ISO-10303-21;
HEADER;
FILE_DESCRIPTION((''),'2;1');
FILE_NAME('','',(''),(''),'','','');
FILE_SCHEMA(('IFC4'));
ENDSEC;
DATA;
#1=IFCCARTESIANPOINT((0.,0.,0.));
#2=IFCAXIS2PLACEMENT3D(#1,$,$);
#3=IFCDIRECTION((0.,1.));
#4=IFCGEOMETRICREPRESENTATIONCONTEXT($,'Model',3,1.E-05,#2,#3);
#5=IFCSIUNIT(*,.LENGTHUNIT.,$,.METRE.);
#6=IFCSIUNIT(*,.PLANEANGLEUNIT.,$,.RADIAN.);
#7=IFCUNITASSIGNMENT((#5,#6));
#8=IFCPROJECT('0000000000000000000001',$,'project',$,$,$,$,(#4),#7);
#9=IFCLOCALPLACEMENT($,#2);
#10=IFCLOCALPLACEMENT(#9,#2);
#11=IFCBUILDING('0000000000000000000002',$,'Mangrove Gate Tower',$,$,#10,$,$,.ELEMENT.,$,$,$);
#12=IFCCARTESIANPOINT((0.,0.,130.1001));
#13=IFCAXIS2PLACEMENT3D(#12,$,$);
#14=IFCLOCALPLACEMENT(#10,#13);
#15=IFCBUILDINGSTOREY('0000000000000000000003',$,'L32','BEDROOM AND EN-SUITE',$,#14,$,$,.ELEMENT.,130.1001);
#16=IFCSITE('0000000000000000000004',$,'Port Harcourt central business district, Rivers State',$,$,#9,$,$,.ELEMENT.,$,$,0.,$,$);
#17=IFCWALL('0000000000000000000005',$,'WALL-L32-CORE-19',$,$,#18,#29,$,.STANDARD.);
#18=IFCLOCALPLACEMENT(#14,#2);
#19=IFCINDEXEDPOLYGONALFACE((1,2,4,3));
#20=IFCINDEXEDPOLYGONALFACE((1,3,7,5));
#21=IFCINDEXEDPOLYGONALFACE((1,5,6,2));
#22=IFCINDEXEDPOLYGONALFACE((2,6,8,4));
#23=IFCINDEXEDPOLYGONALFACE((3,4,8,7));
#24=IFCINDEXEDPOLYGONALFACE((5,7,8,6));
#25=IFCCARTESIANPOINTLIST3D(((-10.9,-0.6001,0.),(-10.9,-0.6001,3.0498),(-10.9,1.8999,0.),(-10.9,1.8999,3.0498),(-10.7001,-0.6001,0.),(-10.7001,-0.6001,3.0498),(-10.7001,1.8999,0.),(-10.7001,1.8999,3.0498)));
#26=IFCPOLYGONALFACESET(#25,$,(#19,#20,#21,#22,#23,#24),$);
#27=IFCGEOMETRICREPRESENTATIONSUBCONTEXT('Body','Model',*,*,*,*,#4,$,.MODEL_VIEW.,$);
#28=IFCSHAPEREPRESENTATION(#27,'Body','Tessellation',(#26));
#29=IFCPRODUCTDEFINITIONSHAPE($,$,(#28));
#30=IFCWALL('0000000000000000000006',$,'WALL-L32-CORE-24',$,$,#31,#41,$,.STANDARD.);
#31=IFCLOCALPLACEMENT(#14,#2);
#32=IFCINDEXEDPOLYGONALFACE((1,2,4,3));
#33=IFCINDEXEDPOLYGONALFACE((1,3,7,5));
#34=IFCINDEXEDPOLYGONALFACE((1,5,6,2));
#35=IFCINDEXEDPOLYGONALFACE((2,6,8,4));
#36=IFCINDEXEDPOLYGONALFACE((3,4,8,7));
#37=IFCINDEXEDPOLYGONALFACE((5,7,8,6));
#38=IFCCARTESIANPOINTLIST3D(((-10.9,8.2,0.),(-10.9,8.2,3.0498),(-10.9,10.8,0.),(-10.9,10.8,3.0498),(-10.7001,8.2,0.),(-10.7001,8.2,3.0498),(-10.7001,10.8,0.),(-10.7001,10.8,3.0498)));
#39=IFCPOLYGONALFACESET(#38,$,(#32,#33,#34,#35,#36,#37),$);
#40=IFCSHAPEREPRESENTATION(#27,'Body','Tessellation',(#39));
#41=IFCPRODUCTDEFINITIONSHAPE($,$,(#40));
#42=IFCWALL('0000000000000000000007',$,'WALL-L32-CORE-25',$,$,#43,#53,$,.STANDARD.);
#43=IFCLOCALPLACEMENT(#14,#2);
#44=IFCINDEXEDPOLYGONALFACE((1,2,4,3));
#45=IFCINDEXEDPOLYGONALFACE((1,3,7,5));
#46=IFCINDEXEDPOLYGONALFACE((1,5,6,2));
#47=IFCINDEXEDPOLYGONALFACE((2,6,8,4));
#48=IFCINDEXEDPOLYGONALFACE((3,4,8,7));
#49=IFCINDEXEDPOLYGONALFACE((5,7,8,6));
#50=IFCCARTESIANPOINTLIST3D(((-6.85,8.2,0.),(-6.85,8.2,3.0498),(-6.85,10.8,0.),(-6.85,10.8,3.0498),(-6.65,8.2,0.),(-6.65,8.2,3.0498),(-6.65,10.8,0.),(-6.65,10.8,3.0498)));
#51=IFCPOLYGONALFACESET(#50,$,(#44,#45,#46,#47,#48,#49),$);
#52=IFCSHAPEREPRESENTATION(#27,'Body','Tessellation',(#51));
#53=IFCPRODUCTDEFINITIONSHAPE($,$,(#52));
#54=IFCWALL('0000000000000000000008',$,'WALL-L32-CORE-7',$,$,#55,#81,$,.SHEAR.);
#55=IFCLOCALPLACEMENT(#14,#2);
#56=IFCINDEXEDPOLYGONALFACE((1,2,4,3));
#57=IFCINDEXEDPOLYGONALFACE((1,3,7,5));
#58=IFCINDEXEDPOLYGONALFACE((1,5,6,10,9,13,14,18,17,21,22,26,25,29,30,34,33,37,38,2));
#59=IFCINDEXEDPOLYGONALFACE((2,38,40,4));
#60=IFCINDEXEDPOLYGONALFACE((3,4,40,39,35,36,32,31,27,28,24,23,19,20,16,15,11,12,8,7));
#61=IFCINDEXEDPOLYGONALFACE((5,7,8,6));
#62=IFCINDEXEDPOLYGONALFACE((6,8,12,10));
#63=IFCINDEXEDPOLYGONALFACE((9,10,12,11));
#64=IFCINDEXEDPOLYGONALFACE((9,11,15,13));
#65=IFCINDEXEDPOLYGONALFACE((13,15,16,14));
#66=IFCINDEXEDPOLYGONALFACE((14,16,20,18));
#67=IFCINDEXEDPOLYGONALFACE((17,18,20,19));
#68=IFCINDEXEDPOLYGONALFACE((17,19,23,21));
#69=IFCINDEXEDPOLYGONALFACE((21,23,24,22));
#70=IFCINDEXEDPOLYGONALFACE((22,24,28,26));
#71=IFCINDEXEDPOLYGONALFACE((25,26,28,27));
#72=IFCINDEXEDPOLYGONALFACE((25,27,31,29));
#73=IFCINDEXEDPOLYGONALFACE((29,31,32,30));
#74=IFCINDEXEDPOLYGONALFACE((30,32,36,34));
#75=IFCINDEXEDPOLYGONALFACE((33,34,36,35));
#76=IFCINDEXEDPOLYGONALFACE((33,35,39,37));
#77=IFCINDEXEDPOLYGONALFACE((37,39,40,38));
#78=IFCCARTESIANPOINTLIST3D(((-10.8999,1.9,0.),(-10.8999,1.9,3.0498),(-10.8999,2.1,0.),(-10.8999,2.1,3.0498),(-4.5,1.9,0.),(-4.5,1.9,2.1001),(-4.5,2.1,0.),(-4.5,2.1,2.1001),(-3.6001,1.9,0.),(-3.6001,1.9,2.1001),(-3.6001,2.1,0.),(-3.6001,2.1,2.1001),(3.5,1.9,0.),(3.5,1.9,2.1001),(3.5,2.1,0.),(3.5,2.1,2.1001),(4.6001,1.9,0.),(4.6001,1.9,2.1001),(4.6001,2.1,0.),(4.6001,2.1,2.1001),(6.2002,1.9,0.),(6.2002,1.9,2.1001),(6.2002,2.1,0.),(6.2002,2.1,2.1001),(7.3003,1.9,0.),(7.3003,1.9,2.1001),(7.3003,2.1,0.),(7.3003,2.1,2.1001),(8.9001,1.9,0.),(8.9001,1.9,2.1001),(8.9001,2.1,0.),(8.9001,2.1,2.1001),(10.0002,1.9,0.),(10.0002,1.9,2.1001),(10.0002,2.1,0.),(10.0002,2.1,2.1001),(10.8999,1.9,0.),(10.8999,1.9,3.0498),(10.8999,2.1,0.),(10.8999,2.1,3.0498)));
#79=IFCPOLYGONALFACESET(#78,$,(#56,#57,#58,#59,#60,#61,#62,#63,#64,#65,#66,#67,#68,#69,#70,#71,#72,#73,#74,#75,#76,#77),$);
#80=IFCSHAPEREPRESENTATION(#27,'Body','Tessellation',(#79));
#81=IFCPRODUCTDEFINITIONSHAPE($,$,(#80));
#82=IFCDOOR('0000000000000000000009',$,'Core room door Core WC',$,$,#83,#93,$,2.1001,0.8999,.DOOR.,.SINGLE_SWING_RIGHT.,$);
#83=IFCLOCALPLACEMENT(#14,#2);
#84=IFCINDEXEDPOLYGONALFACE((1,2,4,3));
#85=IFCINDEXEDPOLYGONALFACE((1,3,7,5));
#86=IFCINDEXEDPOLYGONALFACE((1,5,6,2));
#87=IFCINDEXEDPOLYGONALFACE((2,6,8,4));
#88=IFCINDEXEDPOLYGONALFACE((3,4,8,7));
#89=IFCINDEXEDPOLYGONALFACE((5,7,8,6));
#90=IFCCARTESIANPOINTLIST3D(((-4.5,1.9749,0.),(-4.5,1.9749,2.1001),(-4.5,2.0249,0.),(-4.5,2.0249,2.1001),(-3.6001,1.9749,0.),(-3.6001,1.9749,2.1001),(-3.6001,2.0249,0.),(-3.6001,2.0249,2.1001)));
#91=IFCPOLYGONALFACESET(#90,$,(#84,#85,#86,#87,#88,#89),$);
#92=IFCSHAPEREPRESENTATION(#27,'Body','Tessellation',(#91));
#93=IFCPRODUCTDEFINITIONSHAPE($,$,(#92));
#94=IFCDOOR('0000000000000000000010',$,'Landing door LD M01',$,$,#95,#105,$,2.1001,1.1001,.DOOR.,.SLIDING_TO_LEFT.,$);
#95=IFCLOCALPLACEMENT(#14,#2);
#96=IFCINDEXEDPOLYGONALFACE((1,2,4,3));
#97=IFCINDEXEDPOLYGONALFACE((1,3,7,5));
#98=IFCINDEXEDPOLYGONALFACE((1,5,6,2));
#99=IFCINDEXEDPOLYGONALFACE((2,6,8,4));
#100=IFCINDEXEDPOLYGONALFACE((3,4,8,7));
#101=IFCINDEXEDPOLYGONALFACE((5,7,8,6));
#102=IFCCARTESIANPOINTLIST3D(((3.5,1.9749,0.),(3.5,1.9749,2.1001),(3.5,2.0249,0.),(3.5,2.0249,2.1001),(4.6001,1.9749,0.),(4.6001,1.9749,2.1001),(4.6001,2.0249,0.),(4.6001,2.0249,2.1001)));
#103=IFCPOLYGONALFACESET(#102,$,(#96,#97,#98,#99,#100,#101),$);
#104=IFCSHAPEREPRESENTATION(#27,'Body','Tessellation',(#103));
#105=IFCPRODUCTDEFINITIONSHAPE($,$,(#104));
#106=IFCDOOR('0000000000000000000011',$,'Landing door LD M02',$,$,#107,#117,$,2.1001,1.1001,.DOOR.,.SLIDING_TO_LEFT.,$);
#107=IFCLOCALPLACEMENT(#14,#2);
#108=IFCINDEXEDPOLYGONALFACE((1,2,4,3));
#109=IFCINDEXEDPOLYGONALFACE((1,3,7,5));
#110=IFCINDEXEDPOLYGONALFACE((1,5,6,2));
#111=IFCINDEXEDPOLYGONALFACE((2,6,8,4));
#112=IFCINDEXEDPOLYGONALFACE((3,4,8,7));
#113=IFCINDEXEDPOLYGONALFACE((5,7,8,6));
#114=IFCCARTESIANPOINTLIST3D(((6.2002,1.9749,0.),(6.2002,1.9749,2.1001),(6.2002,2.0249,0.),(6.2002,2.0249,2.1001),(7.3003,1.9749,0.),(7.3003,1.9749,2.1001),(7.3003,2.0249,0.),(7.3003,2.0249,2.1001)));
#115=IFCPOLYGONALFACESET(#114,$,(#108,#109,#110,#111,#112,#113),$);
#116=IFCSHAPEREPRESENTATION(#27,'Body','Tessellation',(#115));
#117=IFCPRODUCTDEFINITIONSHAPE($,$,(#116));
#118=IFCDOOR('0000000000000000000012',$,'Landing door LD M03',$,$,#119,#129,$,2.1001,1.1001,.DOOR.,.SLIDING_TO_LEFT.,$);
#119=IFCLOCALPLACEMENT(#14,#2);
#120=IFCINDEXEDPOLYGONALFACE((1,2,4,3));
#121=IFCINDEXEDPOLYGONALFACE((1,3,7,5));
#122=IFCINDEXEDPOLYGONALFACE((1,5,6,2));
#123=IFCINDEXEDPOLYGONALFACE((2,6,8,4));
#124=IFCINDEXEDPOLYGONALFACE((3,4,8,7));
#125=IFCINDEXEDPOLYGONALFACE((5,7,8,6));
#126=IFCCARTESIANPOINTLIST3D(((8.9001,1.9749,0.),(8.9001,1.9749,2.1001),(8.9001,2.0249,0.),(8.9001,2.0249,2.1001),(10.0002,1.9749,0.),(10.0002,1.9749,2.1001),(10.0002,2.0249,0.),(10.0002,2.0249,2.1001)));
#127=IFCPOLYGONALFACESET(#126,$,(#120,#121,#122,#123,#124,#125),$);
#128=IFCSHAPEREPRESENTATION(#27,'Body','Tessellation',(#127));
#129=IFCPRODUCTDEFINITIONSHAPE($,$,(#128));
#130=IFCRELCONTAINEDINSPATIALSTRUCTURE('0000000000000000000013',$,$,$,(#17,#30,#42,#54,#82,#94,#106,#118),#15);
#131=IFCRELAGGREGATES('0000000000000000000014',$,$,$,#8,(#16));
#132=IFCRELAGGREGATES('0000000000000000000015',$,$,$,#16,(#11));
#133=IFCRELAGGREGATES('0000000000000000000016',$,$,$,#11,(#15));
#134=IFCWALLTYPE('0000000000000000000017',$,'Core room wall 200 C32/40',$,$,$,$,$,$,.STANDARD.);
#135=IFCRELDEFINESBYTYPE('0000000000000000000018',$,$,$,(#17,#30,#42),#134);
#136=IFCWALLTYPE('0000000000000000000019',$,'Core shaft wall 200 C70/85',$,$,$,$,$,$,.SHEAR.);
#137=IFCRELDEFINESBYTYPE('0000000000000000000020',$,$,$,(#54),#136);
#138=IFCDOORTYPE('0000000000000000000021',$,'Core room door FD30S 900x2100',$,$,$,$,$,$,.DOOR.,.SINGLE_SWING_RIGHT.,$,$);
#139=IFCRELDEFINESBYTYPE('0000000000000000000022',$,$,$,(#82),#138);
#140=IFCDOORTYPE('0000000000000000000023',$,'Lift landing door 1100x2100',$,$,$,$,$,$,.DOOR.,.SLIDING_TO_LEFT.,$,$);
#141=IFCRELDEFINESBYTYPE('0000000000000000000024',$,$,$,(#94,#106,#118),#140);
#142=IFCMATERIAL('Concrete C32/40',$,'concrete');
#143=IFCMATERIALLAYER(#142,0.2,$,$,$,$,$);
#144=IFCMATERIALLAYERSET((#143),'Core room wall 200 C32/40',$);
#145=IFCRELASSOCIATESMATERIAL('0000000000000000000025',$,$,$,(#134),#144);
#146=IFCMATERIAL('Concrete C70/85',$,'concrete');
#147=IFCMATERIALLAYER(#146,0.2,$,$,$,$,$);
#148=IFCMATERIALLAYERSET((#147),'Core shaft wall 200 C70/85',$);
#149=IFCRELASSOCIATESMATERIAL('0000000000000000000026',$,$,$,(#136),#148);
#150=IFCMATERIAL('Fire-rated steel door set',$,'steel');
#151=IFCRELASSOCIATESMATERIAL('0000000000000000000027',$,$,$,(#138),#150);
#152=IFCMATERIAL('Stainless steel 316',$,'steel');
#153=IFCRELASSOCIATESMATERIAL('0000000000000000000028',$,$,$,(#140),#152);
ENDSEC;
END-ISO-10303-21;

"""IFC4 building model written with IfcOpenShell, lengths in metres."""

from ifc_helpers import new_model, si_unit, direction, frame, frame_2d, origin, place, context, subcontext, project, spatial, rectangle, extrude, material, layer, layer_set, type_object, element, fill, save


model = new_model("IFC4")

# Units and contexts
model_context = context("Model", 3, precision=1e-05, world=origin(), true_north=direction((0.0, 1.0)))
body_context = subcontext(model_context, "Body", "Model", "MODEL_VIEW")
ifc_project = project(units=[si_unit("LENGTHUNIT", "METRE"), si_unit("PLANEANGLEUNIT", "RADIAN")], contexts=[model_context])

# Site, building, storey
site_placement = place(None, origin())
site = spatial("IfcSite", under=ifc_project, at=site_placement, Name="Port Harcourt central business district, Rivers State", CompositionType="ELEMENT", RefElevation=0.0)
building_placement = place(site_placement, origin())
building = spatial("IfcBuilding", under=site, at=building_placement, Name="Mangrove Gate Tower", CompositionType="ELEMENT")
storey_placement = place(building_placement, frame((0.0, 0.0, 130.1001)))
storey = spatial("IfcBuildingStorey", under=building, at=storey_placement, Name="L32", Description="BEDROOM AND EN-SUITE", CompositionType="ELEMENT", Elevation=130.1001)

# Walls
ifc_material_1 = material(Name="Concrete C32/40", Category="concrete")
ifc_layer_1 = layer(ifc_material_1, 0.2)
ifc_layer_set_1 = layer_set([ifc_layer_1], Name="Core room wall 200 C32/40")
wall_type_1 = type_object("IfcWallType", Name="Core room wall 200 C32/40", PredefinedType="STANDARD", material=ifc_layer_set_1)
wall_1_placement = place(storey_placement, frame((-10.8, -0.6001, 0.0), z_axis=(0.0, 0.0, 1.0), x_axis=(0.0, 1.0, 0.0)))
element("IfcWall", 1, at=wall_1_placement, inside=storey, type_object=wall_type_1, Name="WALL-L32-CORE-19", PredefinedType="STANDARD", context=body_context, shape_type="SweptSolid", body=[
    extrude(rectangle(XDim=2.5, YDim=0.2, at=frame_2d((1.25, 0.0))), origin(), (0.0, 0.0, 1.0), 3.0498),
])
for number, where, z_axis, x_axis, name in (
    (2, (-10.8, 8.2, 0.0), (0.0, 0.0, 1.0), (0.0, 1.0, 0.0), "WALL-L32-CORE-24"),
    (3, (-6.75, 8.2, 0.0), (0.0, 0.0, 1.0), (0.0, 1.0, 0.0), "WALL-L32-CORE-25"),
):
    element("IfcWall", number, at=place(storey_placement, frame(where, z_axis=z_axis, x_axis=x_axis)), inside=storey, type_object=wall_type_1, Name=name, PredefinedType="STANDARD", context=body_context, shape_type="SweptSolid", body=[
        extrude(rectangle(XDim=2.6001, YDim=0.2, at=frame_2d((1.3, 0.0))), origin(), (0.0, 0.0, 1.0), 3.0498),
    ])

# Wall, openings, doors
ifc_material_2 = material(Name="Concrete C70/85", Category="concrete")
ifc_layer_2 = layer(ifc_material_2, 0.2)
ifc_layer_set_2 = layer_set([ifc_layer_2], Name="Core shaft wall 200 C70/85")
wall_type_2 = type_object("IfcWallType", Name="Core shaft wall 200 C70/85", PredefinedType="SHEAR", material=ifc_layer_set_2)
wall_2_placement = place(storey_placement, frame((-10.8999, 2.0, 0.0), z_axis=(0.0, 0.0, 1.0), x_axis=(1.0, 0.0, 0.0)))
wall_2 = element("IfcWall", 4, at=wall_2_placement, inside=storey, type_object=wall_type_2, Name="WALL-L32-CORE-7", PredefinedType="SHEAR", context=body_context, shape_type="SweptSolid", body=[
    extrude(rectangle(XDim=21.7998, YDim=0.2, at=frame_2d((10.8999, 0.0))), origin(), (0.0, 0.0, 1.0), 3.0498),
])
opening_1_placement = place(wall_2_placement, frame((14.3999, 0.0, 0.0)))
opening_1 = element("IfcOpeningElement", 5, at=opening_1_placement, cuts=wall_2, PredefinedType="OPENING", context=body_context, shape_type="SweptSolid", body=[
    extrude(rectangle(XDim=1.1001, YDim=2.1001, at=frame_2d((0.55, 1.05))), frame((0.0, 0.1099, 0.0), z_axis=(0.0, -1.0, 0.0), x_axis=(1.0, 0.0, 0.0)), (0.0, 0.0, 1.0), 0.22),
])
opening_2_placement = place(wall_2_placement, frame((17.1001, 0.0, 0.0)))
opening_2 = element("IfcOpeningElement", 6, at=opening_2_placement, cuts=wall_2, PredefinedType="OPENING", context=body_context, shape_type="SweptSolid", body=[
    extrude(rectangle(XDim=1.1001, YDim=2.1001, at=frame_2d((0.55, 1.05))), frame((0.0, 0.1099, 0.0), z_axis=(0.0, -1.0, 0.0), x_axis=(1.0, 0.0, 0.0)), (0.0, 0.0, 1.0), 0.22),
])
opening_3_placement = place(wall_2_placement, frame((19.8, 0.0, 0.0)))
opening_3 = element("IfcOpeningElement", 7, at=opening_3_placement, cuts=wall_2, PredefinedType="OPENING", context=body_context, shape_type="SweptSolid", body=[
    extrude(rectangle(XDim=1.1001, YDim=2.1001, at=frame_2d((0.55, 1.05))), frame((0.0, 0.1099, 0.0), z_axis=(0.0, -1.0, 0.0), x_axis=(1.0, 0.0, 0.0)), (0.0, 0.0, 1.0), 0.22),
])
opening_4_placement = place(wall_2_placement, frame((6.3999, 0.0, 0.0)))
opening_4 = element("IfcOpeningElement", 8, at=opening_4_placement, cuts=wall_2, PredefinedType="OPENING", context=body_context, shape_type="SweptSolid", body=[
    extrude(rectangle(XDim=0.8999, YDim=2.1001, at=frame_2d((0.45, 1.05))), frame((0.0, 0.1099, 0.0), z_axis=(0.0, -1.0, 0.0), x_axis=(1.0, 0.0, 0.0)), (0.0, 0.0, 1.0), 0.22),
])
ifc_material_3 = material(Name="Fire-rated steel door set", Category="steel")
door_type_1 = type_object("IfcDoorType", Name="Core room door FD30S 900x2100", OperationType="SINGLE_SWING_RIGHT", PredefinedType="DOOR", material=ifc_material_3)
door_1_placement = place(opening_4_placement, origin())
door_1 = element("IfcDoor", 9, at=door_1_placement, inside=storey, type_object=door_type_1, Name="Core room door Core WC", OperationType="SINGLE_SWING_RIGHT", OverallHeight=2.1001, OverallWidth=0.8999, PredefinedType="DOOR", context=body_context, shape_type="SweptSolid", body=[
    extrude(rectangle(XDim=0.8999, YDim=2.1001, at=frame_2d((0.45, 1.05))), frame((0.0, 0.0249, 0.0), z_axis=(0.0, -1.0, 0.0), x_axis=(1.0, 0.0, 0.0)), (0.0, 0.0, 1.0), 0.05),
])
fill(opening_4, door_1)
ifc_material_4 = material(Name="Stainless steel 316", Category="steel")
door_type_2 = type_object("IfcDoorType", Name="Lift landing door 1100x2100", OperationType="SLIDING_TO_LEFT", PredefinedType="DOOR", material=ifc_material_4)
door_2_placement = place(opening_1_placement, origin())
door_2 = element("IfcDoor", 10, at=door_2_placement, inside=storey, type_object=door_type_2, Name="Landing door LD M01", OperationType="SLIDING_TO_LEFT", OverallHeight=2.1001, OverallWidth=1.1001, PredefinedType="DOOR", context=body_context, shape_type="SweptSolid", body=[
    extrude(rectangle(XDim=1.1001, YDim=2.1001, at=frame_2d((0.55, 1.05))), frame((0.0, 0.0249, 0.0), z_axis=(0.0, -1.0, 0.0), x_axis=(1.0, 0.0, 0.0)), (0.0, 0.0, 1.0), 0.05),
])
fill(opening_1, door_2)
door_3_placement = place(opening_2_placement, origin())
door_3 = element("IfcDoor", 11, at=door_3_placement, inside=storey, type_object=door_type_2, Name="Landing door LD M02", OperationType="SLIDING_TO_LEFT", OverallHeight=2.1001, OverallWidth=1.1001, PredefinedType="DOOR", context=body_context, shape_type="SweptSolid", body=[
    extrude(rectangle(XDim=1.1001, YDim=2.1001, at=frame_2d((0.55, 1.05))), frame((0.0, 0.0249, 0.0), z_axis=(0.0, -1.0, 0.0), x_axis=(1.0, 0.0, 0.0)), (0.0, 0.0, 1.0), 0.05),
])
fill(opening_2, door_3)
door_4_placement = place(opening_3_placement, origin())
door_4 = element("IfcDoor", 12, at=door_4_placement, inside=storey, type_object=door_type_2, Name="Landing door LD M03", OperationType="SLIDING_TO_LEFT", OverallHeight=2.1001, OverallWidth=1.1001, PredefinedType="DOOR", context=body_context, shape_type="SweptSolid", body=[
    extrude(rectangle(XDim=1.1001, YDim=2.1001, at=frame_2d((0.55, 1.05))), frame((0.0, 0.0249, 0.0), z_axis=(0.0, -1.0, 0.0), x_axis=(1.0, 0.0, 0.0)), (0.0, 0.0, 1.0), 0.05),
])
fill(opening_3, door_4)

save(model, "model.ifc")
